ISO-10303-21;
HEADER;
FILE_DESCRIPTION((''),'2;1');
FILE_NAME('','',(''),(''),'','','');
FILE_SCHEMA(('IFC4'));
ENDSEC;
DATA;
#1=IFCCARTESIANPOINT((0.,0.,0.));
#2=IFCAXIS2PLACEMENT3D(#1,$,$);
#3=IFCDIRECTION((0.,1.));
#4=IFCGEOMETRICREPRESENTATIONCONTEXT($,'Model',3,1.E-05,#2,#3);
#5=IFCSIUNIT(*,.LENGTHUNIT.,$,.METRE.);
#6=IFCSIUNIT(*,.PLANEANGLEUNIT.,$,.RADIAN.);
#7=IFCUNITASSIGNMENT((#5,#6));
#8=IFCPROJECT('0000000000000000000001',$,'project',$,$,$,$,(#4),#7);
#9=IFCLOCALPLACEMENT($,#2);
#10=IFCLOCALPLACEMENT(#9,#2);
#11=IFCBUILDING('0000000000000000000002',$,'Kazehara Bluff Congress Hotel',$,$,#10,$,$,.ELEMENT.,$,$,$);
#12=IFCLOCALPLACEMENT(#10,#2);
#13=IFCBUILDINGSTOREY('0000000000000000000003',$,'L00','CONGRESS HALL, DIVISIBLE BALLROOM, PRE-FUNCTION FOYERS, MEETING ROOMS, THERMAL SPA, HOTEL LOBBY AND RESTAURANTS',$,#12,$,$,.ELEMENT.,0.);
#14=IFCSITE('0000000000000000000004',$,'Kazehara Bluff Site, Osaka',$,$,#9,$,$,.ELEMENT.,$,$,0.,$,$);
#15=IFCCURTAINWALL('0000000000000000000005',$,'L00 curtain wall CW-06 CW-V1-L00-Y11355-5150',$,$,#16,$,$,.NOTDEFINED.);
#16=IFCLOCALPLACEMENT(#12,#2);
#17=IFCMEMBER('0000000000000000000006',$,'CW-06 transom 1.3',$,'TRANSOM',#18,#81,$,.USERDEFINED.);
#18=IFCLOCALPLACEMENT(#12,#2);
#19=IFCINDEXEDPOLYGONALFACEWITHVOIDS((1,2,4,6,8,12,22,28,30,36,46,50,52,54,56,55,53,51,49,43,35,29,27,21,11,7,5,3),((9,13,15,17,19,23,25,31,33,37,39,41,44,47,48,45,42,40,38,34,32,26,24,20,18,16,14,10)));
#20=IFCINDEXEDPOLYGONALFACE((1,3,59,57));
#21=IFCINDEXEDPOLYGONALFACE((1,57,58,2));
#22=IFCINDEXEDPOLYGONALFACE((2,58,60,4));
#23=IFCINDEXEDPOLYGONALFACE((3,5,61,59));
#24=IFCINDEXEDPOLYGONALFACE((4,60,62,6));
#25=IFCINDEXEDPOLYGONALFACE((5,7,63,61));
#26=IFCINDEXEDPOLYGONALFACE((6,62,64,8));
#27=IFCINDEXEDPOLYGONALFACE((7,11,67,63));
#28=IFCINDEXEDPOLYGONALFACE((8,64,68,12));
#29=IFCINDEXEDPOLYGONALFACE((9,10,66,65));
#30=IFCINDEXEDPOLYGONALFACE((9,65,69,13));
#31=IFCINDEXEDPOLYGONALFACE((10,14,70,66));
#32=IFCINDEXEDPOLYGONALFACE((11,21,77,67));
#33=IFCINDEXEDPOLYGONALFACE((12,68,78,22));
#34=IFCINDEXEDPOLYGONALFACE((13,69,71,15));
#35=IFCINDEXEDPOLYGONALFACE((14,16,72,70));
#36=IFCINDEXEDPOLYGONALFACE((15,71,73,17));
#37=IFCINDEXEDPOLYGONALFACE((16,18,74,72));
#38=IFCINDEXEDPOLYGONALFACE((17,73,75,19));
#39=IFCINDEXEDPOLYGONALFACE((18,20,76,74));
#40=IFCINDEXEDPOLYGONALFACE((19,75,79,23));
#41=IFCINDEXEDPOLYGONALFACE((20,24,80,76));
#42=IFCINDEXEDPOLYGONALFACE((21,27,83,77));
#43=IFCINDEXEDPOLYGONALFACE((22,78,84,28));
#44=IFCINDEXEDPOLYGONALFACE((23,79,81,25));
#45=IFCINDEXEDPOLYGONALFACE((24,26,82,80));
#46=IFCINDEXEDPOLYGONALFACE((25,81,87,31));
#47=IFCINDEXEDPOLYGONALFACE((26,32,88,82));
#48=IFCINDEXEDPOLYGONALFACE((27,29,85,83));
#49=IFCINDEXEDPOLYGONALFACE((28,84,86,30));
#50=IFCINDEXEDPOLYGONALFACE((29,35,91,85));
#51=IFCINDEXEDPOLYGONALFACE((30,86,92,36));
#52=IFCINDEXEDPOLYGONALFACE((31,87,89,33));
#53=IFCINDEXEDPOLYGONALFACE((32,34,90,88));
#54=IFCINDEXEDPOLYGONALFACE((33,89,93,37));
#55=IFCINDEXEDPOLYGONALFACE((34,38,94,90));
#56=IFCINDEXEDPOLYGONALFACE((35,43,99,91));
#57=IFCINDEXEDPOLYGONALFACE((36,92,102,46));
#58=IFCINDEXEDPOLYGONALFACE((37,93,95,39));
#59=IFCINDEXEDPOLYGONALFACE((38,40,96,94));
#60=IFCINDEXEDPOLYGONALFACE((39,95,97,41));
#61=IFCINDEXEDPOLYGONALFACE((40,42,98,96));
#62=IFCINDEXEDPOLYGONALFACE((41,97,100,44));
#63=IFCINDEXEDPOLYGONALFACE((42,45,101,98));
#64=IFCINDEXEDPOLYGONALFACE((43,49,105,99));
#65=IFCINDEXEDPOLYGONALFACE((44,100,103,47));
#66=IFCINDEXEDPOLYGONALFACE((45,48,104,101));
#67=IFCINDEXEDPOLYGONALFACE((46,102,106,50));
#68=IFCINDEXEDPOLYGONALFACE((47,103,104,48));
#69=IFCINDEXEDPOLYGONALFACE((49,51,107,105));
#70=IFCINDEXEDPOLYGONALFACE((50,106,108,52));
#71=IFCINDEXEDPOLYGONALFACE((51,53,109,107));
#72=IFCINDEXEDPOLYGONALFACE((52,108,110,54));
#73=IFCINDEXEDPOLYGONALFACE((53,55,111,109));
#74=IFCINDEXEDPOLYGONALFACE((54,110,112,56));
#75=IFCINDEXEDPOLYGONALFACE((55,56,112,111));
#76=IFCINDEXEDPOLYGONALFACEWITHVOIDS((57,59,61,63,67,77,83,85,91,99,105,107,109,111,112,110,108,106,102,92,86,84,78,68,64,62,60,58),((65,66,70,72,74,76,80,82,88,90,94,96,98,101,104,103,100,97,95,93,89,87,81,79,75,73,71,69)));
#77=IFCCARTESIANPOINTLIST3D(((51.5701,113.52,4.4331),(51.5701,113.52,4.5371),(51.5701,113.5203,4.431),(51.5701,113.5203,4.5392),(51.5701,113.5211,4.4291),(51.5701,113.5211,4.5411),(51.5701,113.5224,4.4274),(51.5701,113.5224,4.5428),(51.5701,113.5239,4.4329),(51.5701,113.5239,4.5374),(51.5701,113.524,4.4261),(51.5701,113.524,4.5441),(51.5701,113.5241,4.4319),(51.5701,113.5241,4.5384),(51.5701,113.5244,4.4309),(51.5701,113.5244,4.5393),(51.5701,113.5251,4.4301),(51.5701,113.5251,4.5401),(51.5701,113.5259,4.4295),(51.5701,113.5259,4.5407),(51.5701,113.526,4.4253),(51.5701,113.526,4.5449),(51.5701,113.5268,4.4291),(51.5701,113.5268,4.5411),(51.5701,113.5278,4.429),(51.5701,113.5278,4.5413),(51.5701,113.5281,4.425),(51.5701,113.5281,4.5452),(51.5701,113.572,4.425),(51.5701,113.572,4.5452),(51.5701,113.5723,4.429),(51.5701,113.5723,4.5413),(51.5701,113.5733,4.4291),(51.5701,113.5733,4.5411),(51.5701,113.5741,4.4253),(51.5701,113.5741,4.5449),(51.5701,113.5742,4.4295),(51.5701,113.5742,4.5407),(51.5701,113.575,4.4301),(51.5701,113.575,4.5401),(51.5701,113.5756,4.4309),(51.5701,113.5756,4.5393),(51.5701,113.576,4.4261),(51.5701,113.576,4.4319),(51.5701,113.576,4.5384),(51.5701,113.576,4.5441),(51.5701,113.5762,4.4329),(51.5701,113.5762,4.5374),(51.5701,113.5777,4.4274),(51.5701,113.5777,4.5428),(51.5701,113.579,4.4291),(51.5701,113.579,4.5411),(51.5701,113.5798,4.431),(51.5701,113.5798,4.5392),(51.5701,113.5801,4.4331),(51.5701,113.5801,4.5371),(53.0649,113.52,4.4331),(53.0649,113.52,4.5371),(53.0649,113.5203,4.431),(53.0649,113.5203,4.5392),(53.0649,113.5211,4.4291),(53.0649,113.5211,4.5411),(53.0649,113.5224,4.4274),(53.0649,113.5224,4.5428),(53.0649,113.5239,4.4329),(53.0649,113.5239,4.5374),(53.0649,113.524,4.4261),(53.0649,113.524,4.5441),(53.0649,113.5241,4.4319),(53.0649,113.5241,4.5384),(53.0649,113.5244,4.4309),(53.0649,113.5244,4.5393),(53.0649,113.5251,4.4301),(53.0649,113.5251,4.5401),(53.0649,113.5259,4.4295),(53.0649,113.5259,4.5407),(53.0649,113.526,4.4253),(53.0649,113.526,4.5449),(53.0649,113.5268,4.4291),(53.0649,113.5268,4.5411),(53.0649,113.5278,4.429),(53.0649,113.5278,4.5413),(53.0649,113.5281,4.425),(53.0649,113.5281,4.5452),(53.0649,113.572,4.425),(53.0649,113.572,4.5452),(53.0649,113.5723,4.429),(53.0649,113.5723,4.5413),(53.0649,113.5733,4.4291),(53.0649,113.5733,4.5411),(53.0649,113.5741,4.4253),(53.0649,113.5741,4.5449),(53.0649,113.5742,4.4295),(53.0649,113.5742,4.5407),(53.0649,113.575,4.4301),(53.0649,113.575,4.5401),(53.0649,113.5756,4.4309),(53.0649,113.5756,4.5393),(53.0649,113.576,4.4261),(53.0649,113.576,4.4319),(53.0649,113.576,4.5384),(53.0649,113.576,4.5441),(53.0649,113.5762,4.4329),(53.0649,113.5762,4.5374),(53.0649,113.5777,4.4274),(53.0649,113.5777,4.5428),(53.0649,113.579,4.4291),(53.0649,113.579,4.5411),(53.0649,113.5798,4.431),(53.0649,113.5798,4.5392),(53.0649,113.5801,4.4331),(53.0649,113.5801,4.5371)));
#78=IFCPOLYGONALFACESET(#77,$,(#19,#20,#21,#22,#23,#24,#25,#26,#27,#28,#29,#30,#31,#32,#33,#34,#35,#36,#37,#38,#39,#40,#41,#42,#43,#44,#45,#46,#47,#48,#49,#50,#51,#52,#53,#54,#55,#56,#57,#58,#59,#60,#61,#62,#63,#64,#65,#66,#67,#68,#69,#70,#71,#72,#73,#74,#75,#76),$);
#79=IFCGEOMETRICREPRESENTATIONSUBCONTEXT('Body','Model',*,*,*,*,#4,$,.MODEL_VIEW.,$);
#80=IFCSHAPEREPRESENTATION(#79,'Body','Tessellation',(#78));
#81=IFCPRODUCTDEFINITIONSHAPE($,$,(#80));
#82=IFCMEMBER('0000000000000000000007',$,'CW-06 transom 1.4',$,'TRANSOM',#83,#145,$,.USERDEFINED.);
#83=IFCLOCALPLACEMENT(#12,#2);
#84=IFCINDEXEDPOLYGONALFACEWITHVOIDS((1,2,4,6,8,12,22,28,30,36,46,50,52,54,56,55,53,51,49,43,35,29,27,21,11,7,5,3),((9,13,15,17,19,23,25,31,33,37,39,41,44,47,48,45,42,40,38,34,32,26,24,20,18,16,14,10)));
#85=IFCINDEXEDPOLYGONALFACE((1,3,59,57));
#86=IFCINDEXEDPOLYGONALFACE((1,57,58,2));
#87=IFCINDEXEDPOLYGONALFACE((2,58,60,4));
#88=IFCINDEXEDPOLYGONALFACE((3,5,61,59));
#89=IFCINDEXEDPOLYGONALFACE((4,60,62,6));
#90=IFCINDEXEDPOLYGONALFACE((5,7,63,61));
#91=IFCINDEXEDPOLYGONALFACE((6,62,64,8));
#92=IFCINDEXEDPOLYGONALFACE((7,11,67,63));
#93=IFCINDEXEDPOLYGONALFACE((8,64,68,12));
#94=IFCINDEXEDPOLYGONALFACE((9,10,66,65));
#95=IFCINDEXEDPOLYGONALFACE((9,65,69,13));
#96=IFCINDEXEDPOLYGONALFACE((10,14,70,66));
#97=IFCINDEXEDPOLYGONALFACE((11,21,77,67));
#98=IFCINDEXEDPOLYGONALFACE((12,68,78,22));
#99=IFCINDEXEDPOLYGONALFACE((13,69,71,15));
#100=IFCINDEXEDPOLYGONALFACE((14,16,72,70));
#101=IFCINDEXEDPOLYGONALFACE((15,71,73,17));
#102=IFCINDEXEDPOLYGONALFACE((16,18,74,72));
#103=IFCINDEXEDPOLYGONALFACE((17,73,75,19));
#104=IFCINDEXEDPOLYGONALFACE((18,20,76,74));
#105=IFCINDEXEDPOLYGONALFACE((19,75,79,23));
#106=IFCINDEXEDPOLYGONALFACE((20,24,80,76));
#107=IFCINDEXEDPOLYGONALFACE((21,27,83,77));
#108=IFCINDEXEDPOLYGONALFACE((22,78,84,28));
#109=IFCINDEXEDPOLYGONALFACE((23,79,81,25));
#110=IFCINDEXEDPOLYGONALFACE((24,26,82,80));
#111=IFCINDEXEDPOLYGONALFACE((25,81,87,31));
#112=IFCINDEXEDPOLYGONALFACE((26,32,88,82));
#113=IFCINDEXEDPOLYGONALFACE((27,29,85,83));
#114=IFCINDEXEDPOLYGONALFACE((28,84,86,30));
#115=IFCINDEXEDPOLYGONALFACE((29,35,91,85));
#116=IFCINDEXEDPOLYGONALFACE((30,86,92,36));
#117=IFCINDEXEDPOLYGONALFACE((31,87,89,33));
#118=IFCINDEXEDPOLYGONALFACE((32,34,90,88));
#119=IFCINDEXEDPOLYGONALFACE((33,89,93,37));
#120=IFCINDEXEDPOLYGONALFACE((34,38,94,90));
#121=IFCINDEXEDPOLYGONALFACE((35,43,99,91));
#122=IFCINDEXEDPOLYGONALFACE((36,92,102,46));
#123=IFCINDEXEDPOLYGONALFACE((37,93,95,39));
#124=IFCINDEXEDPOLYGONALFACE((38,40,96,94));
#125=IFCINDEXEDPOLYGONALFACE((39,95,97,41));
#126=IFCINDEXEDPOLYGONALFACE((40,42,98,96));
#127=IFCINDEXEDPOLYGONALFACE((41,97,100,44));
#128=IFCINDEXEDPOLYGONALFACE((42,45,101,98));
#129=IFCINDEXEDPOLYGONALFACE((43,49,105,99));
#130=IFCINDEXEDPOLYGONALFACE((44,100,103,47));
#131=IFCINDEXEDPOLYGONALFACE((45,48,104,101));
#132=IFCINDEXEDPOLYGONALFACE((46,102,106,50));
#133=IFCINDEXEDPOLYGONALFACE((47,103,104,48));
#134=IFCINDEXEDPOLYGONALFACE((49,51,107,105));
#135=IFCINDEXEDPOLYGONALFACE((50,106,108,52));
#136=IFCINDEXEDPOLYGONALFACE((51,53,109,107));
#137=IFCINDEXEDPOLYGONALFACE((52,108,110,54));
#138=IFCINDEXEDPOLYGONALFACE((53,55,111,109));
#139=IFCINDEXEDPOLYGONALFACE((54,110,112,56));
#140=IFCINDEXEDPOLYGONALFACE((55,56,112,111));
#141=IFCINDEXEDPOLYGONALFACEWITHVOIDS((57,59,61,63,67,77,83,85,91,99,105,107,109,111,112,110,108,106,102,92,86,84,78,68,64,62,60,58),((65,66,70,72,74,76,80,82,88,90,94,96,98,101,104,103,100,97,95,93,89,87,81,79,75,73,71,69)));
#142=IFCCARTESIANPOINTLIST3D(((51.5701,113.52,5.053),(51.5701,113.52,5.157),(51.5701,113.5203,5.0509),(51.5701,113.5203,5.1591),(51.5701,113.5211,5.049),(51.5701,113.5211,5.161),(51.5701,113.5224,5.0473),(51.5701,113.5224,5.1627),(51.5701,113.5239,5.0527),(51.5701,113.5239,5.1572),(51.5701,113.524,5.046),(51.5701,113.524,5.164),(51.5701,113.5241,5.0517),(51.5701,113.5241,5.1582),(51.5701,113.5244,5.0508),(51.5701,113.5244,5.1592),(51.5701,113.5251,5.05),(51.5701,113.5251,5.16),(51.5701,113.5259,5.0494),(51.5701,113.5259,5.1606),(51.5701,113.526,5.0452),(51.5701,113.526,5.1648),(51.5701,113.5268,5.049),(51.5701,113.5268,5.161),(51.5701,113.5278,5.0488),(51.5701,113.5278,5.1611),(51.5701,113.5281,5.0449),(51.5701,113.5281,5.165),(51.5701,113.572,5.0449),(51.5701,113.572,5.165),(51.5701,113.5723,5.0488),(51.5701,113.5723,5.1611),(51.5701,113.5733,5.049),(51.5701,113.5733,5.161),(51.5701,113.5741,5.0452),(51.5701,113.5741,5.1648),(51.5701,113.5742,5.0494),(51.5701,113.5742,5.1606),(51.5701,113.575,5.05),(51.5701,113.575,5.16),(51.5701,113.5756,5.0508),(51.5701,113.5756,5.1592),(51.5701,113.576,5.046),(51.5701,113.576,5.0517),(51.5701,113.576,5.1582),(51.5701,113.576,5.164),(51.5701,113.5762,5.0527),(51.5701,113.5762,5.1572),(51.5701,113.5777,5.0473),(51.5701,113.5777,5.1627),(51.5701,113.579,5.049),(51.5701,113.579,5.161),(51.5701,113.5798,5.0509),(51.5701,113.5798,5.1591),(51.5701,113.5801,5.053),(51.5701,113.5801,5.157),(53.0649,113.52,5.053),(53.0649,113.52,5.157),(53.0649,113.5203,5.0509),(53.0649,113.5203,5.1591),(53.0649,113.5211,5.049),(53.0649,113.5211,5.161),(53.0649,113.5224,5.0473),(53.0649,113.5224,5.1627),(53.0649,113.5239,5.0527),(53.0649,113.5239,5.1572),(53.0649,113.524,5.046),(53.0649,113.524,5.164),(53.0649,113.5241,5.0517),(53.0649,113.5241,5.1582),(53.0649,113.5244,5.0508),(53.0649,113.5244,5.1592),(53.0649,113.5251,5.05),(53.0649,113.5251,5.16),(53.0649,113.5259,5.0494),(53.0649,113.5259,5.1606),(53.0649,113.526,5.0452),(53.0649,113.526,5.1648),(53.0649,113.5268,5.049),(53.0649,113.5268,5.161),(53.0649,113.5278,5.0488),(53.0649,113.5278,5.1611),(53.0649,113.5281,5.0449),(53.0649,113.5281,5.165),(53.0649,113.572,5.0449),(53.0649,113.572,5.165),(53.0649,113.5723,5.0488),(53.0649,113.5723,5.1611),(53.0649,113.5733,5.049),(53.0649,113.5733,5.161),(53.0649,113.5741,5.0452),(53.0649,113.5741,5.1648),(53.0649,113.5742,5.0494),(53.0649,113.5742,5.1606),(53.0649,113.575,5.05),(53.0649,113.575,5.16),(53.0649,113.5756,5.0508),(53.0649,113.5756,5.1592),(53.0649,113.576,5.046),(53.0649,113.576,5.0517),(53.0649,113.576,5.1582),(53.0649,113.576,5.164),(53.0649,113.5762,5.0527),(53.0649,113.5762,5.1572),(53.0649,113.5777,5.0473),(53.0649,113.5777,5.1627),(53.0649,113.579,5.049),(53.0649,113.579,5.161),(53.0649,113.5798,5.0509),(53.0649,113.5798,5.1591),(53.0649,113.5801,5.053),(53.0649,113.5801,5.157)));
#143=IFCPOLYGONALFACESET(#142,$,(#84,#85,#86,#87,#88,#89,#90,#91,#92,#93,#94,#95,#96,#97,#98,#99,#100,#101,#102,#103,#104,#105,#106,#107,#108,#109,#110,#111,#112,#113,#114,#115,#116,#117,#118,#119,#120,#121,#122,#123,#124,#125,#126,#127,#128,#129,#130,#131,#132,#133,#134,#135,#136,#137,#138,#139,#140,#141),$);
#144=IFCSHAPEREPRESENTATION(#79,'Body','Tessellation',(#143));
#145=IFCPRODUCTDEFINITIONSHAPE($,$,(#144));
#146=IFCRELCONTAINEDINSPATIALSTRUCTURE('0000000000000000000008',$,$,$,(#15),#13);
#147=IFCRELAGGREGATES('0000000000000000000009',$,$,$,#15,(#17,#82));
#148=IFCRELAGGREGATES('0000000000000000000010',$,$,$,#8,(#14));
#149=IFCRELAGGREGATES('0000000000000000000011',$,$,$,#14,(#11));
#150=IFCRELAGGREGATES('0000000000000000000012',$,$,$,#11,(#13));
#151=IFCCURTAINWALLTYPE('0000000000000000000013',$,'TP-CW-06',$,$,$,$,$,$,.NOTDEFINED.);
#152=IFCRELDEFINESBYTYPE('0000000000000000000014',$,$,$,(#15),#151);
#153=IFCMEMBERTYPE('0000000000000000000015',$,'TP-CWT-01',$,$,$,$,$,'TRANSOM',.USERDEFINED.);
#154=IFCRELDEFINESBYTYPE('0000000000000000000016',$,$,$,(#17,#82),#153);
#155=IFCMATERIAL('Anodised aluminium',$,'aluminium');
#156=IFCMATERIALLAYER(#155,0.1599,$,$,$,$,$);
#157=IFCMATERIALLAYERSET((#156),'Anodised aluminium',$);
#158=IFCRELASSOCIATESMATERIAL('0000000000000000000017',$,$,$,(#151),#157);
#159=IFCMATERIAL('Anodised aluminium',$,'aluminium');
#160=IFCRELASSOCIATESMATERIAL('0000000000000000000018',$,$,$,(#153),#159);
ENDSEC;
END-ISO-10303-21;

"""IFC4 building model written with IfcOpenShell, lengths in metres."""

from ifc_helpers import new_model, si_unit, direction, frame, origin, origin_2d, place, context, subcontext, project, spatial, hollow_rectangle, extrude, material, layer, layer_set, material_profile, profile_set, type_object, element, aggregate, save


model = new_model("IFC4")

# Units and contexts
model_context = context("Model", 3, precision=1e-05, world=origin(), true_north=direction((0.0, 1.0)))
body_context = subcontext(model_context, "Body", "Model", "MODEL_VIEW")
ifc_project = project(units=[si_unit("LENGTHUNIT", "METRE"), si_unit("PLANEANGLEUNIT", "RADIAN")], contexts=[model_context])

# Site, building, storey
site_placement = place(None, origin())
site = spatial("IfcSite", under=ifc_project, at=site_placement, Name="Kazehara Bluff Site, Osaka", CompositionType="ELEMENT", RefElevation=0.0)
building_placement = place(site_placement, origin())
building = spatial("IfcBuilding", under=site, at=building_placement, Name="Kazehara Bluff Congress Hotel", CompositionType="ELEMENT")
storey_placement = place(building_placement, origin())
storey = spatial("IfcBuildingStorey", under=building, at=storey_placement, Name="L00", Description="CONGRESS HALL, DIVISIBLE BALLROOM, PRE-FUNCTION FOYERS, MEETING ROOMS, THERMAL SPA, HOTEL LOBBY AND RESTAURANTS", CompositionType="ELEMENT", Elevation=0.0)

# Curtain wall, members
ifc_material_1 = material(Name="Anodised aluminium", Category="aluminium")
ifc_layer_1 = layer(ifc_material_1, 0.1599)
ifc_layer_set_1 = layer_set([ifc_layer_1], Name="Anodised aluminium")
curtain_wall_type = type_object("IfcCurtainWallType", Name="TP-CW-06", PredefinedType="NOTDEFINED", material=ifc_layer_set_1)
curtain_wall_placement = place(storey_placement, origin())
curtain_wall = element("IfcCurtainWall", 1, at=curtain_wall_placement, inside=storey, type_object=curtain_wall_type, Name="L00 curtain wall CW-06 CW-V1-L00-Y11355-5150", PredefinedType="NOTDEFINED")
ifc_material_2 = material(Name="Anodised aluminium", Category="aluminium")
ifc_material_profile_1 = material_profile(ifc_material_2, hollow_rectangle(XDim=0.0601, YDim=0.1201, WallThickness=0.0039, InnerFilletRadius=0.0039, OuterFilletRadius=0.0081, at=origin_2d()))
ifc_profile_set_1 = profile_set([ifc_material_profile_1], Name="Anodised aluminium")
member_type_1 = type_object("IfcMemberType", Name="TP-CWT-01", ElementType="TRANSOM", PredefinedType="USERDEFINED", material=ifc_profile_set_1)
member_1_placement = place(storey_placement, frame((51.5701, 113.55, 4.4851), z_axis=(1.0, 0.0, 0.0), x_axis=(0.0, 1.0, 0.0)))
member_1 = element("IfcMember", 2, at=member_1_placement, type_object=member_type_1, Name="CW-06 transom 1.3", ObjectType="TRANSOM", PredefinedType="USERDEFINED", context=body_context, shape_type="SweptSolid", body=[
    extrude(hollow_rectangle(XDim=0.0601, YDim=0.1201, WallThickness=0.0039, InnerFilletRadius=0.0039, OuterFilletRadius=0.0081, at=origin_2d()), origin(), (0.0, 0.0, 1.0), 1.4949),
])
member_2_placement = place(storey_placement, frame((51.5701, 113.55, 5.105), z_axis=(1.0, 0.0, 0.0), x_axis=(0.0, 1.0, 0.0)))
member_2 = element("IfcMember", 3, at=member_2_placement, type_object=member_type_1, Name="CW-06 transom 1.4", ObjectType="TRANSOM", PredefinedType="USERDEFINED", context=body_context, shape_type="SweptSolid", body=[
    extrude(hollow_rectangle(XDim=0.0601, YDim=0.1201, WallThickness=0.0039, InnerFilletRadius=0.0039, OuterFilletRadius=0.0081, at=origin_2d()), origin(), (0.0, 0.0, 1.0), 1.4949),
])
aggregate(curtain_wall, [member_1, member_2])

save(model, "model.ifc")
